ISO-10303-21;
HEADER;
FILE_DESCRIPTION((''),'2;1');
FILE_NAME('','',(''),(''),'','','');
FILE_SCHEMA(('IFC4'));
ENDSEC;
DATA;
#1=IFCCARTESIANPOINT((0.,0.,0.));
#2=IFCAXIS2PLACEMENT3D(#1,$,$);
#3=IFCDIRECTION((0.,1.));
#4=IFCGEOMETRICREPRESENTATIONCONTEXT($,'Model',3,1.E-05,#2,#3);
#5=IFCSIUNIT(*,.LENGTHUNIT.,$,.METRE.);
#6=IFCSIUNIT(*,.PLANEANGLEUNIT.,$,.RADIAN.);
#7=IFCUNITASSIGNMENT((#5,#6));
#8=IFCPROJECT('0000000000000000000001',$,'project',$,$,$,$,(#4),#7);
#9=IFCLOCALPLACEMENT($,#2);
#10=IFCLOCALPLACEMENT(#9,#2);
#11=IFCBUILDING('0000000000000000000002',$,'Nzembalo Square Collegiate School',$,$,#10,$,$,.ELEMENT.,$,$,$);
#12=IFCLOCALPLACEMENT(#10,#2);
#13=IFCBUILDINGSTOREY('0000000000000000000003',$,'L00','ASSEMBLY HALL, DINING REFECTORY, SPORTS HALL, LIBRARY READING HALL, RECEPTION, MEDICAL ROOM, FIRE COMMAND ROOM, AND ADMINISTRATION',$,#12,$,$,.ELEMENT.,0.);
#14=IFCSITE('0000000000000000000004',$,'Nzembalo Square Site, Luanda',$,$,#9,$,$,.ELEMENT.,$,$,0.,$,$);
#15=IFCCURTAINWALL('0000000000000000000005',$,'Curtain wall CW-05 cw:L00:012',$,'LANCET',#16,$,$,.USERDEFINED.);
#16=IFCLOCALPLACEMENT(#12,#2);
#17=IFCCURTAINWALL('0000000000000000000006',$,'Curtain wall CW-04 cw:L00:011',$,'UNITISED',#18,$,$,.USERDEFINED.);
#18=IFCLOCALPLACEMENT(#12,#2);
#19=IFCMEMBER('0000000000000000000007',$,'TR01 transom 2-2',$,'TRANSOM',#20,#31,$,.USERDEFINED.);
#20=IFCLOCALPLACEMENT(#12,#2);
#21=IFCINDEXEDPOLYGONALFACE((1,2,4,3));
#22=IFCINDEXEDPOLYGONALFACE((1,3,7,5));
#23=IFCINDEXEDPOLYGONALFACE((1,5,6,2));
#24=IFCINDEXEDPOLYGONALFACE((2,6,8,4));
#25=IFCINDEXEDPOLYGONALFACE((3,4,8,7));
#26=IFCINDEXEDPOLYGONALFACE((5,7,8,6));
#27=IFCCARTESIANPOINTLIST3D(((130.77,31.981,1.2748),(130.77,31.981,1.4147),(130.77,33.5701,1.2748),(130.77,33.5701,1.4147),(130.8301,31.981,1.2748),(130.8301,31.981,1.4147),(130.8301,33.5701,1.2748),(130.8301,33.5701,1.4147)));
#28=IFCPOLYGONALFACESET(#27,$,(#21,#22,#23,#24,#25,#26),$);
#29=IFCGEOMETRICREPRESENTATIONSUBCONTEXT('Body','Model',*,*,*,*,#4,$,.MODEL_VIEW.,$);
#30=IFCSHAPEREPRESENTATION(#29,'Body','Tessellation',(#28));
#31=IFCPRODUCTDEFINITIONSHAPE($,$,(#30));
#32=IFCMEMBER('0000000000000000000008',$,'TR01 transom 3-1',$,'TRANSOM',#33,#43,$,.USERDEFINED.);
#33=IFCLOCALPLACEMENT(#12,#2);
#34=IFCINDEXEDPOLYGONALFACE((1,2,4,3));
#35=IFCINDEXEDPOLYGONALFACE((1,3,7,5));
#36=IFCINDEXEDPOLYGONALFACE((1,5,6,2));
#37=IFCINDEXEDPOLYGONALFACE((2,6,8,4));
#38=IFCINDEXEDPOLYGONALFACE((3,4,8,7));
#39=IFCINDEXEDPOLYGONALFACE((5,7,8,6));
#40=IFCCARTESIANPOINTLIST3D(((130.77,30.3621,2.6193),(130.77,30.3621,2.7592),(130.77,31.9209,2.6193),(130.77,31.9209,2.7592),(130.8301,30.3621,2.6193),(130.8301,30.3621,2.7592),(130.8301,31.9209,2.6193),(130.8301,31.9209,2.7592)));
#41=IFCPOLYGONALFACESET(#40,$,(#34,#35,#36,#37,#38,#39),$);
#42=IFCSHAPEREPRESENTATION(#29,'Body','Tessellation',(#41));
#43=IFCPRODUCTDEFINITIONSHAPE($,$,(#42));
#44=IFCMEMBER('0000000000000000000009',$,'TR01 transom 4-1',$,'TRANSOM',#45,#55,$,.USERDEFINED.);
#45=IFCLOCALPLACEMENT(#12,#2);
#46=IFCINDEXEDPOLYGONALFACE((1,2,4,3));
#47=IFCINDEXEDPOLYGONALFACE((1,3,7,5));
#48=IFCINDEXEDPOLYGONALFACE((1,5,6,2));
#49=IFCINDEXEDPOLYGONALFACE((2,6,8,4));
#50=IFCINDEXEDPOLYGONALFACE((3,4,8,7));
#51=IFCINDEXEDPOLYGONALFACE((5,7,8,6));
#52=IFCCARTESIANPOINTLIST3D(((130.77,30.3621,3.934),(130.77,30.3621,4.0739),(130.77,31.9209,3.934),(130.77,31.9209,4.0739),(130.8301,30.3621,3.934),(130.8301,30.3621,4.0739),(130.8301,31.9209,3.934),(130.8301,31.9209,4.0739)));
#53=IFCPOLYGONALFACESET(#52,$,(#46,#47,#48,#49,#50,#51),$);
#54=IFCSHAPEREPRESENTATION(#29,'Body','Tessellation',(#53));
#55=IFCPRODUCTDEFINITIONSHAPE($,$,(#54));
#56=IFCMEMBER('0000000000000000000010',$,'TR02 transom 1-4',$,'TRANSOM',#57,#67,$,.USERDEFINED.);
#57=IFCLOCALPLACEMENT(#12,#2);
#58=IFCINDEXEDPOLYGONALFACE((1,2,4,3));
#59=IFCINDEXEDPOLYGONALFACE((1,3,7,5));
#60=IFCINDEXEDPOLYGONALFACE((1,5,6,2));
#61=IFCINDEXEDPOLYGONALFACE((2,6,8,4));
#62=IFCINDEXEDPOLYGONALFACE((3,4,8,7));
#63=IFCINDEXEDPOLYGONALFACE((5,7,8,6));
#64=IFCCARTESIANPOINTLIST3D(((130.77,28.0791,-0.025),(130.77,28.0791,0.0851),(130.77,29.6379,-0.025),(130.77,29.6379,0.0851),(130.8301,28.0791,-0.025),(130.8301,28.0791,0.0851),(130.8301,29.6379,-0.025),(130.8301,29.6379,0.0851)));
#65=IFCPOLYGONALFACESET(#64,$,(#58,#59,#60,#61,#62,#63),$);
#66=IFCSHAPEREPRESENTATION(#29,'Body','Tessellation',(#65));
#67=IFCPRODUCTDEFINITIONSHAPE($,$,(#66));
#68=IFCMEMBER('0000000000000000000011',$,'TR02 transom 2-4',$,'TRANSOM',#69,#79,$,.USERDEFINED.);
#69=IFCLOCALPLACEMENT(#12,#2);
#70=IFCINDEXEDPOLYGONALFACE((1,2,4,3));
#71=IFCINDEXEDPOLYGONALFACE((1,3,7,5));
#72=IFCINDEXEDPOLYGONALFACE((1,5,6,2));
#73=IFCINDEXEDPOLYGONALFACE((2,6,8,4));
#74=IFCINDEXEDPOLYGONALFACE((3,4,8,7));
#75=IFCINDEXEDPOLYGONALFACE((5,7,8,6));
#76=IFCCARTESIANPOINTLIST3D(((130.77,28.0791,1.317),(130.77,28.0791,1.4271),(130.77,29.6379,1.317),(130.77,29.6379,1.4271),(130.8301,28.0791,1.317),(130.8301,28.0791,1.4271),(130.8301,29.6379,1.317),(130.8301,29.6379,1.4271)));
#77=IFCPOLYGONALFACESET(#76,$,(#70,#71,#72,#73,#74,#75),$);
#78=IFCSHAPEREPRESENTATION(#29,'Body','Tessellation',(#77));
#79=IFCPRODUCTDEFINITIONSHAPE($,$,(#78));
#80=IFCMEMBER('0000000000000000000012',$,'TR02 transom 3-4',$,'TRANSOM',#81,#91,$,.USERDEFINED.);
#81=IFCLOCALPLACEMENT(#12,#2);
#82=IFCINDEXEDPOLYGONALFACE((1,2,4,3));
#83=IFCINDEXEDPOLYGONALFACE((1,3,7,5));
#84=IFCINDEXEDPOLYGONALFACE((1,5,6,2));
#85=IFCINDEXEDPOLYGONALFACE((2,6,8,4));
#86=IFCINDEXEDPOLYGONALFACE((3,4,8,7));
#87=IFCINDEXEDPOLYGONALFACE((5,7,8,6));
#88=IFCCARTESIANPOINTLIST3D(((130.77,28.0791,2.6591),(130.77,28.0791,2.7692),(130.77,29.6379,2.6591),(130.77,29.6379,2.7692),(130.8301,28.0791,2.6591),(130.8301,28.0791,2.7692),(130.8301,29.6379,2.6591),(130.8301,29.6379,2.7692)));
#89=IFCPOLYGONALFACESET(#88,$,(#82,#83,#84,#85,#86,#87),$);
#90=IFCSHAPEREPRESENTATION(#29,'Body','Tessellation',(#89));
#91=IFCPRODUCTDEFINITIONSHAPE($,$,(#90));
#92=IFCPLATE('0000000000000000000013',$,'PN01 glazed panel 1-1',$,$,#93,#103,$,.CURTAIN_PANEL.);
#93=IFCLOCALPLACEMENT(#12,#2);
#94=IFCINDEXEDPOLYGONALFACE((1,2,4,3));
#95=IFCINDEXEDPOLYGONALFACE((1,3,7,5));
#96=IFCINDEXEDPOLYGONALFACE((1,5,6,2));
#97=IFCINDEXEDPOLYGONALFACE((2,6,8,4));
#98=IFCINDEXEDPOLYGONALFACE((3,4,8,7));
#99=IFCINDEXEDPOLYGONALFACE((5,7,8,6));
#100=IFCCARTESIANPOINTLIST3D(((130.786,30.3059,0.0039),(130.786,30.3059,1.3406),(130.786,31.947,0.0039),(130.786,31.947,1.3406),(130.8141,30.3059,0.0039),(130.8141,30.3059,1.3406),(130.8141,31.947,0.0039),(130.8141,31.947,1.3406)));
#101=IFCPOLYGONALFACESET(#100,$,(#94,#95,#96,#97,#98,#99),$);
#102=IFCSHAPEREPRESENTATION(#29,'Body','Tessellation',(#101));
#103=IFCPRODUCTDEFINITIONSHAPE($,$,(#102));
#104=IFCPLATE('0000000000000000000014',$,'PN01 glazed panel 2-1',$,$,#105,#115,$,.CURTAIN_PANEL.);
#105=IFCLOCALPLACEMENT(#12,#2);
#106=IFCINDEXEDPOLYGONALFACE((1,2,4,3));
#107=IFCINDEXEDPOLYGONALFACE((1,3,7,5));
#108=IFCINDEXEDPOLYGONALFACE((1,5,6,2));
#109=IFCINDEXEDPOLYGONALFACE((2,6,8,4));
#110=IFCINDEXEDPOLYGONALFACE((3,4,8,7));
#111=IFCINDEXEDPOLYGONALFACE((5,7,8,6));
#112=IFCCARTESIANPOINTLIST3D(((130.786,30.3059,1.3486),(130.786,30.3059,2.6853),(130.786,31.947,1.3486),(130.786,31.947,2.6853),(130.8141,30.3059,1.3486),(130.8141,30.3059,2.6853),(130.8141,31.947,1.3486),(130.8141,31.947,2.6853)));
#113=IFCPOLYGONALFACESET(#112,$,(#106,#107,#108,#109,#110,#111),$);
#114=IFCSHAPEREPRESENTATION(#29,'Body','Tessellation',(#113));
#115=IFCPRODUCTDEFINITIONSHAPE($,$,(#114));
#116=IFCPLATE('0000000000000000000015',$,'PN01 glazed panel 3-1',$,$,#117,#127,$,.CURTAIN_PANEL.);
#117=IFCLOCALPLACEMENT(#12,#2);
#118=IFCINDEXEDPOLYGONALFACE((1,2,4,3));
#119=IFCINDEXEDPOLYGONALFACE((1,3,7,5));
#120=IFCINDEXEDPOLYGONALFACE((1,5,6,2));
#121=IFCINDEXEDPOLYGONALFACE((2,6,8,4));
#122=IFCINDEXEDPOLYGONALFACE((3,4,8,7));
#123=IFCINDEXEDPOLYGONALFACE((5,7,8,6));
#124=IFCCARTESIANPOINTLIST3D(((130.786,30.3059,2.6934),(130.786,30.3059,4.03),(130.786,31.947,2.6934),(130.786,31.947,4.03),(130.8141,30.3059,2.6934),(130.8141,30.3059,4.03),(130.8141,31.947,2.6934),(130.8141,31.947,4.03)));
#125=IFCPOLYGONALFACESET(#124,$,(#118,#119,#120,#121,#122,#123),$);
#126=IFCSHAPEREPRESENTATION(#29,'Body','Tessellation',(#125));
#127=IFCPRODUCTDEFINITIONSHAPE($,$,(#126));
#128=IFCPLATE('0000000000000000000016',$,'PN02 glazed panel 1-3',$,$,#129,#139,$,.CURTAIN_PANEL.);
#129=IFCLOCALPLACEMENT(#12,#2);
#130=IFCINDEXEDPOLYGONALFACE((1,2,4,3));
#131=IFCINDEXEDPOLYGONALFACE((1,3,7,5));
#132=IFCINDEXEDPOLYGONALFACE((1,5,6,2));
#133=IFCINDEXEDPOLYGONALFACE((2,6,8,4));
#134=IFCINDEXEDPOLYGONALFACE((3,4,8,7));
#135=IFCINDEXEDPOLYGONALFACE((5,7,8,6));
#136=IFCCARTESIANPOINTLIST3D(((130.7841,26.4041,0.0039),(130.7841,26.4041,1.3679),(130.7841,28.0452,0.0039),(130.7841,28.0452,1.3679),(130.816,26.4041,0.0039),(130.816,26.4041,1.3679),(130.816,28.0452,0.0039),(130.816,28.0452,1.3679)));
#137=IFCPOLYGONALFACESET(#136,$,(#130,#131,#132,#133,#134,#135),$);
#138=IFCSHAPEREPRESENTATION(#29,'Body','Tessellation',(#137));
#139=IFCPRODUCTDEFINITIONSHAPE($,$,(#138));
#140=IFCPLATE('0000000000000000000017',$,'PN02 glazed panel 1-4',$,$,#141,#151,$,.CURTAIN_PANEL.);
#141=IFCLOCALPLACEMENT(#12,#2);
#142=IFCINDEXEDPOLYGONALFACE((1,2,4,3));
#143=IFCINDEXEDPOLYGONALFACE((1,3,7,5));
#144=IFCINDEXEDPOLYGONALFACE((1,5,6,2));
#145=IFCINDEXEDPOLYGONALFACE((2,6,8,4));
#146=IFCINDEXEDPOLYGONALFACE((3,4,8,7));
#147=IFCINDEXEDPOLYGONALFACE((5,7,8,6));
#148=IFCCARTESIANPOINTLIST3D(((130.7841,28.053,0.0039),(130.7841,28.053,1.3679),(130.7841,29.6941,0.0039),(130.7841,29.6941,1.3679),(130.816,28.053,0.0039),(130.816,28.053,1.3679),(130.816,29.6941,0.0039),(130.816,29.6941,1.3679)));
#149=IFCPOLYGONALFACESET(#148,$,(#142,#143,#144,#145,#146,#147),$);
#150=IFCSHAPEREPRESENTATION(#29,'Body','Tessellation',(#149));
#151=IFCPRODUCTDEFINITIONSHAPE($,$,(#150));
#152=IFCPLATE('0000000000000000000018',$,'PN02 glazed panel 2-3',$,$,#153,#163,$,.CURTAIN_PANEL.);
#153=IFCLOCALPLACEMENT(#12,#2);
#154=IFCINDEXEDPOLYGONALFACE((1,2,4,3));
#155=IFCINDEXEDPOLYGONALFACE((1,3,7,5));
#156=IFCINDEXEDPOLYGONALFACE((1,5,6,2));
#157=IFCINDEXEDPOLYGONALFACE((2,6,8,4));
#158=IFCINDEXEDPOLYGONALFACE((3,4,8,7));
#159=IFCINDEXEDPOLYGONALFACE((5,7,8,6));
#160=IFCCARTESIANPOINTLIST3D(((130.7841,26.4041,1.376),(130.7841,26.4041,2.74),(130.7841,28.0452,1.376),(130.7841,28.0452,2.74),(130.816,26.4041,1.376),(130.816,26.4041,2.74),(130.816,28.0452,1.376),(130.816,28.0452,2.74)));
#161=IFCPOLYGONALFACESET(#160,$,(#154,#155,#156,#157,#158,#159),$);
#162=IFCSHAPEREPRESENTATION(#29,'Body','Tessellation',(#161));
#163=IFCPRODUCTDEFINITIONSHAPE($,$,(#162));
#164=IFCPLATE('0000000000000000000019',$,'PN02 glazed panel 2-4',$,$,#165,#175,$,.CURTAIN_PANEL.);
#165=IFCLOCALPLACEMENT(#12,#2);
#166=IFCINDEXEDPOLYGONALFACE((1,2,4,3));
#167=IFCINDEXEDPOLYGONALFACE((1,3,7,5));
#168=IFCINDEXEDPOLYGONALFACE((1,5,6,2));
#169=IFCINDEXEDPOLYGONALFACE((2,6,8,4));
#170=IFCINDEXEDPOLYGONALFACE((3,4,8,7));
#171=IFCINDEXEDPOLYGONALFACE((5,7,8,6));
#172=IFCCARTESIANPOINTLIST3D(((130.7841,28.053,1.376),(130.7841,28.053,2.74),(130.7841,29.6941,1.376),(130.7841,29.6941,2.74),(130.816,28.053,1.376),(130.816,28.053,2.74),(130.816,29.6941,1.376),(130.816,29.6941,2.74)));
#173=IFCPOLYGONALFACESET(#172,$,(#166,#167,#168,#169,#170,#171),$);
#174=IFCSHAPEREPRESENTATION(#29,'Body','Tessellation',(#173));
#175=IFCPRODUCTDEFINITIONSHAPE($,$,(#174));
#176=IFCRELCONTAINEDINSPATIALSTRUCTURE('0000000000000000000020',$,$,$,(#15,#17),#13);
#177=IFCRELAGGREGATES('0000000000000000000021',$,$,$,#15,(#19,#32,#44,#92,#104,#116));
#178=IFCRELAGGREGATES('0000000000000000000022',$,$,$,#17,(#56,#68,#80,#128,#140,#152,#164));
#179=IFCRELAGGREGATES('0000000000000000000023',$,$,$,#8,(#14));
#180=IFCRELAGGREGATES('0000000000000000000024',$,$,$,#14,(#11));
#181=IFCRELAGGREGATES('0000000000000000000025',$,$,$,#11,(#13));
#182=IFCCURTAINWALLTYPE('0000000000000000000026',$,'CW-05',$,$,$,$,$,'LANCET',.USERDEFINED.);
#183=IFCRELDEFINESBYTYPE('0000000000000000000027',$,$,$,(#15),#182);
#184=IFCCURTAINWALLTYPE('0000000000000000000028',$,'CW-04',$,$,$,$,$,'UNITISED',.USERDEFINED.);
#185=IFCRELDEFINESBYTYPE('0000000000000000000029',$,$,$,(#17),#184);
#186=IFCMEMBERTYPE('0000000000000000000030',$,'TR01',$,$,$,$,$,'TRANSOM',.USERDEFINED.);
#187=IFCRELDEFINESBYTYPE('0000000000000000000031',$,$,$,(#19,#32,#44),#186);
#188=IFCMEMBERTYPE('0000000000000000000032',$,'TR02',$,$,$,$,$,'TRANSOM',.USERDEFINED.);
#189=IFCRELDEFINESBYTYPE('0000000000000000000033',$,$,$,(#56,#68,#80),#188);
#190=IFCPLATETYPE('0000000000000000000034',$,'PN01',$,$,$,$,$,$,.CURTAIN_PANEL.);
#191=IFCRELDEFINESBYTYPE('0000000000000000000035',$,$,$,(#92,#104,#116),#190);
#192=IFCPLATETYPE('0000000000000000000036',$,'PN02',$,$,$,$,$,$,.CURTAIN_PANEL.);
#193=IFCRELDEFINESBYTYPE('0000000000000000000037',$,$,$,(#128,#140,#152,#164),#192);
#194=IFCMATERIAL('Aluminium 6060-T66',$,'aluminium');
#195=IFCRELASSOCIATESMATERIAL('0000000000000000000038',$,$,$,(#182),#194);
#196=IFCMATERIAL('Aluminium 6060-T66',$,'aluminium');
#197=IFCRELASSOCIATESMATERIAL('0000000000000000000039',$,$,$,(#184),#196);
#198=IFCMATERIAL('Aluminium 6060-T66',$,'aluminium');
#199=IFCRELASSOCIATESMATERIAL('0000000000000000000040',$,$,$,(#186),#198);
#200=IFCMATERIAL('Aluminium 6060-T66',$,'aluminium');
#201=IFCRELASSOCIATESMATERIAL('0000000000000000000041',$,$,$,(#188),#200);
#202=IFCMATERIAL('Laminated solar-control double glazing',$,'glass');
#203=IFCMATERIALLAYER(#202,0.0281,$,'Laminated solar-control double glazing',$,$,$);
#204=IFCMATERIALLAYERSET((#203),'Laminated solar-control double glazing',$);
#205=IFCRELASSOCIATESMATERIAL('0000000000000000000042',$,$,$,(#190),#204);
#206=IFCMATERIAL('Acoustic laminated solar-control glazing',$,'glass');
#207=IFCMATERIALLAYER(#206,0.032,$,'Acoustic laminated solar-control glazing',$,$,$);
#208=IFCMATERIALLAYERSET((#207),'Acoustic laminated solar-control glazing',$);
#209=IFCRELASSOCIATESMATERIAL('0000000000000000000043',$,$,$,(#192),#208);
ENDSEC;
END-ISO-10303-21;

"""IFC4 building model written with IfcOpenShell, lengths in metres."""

from ifc_helpers import new_model, si_unit, direction, frame, origin, origin_2d, place, context, subcontext, project, spatial, rectangle, extrude, material, layer, layer_set, material_profile, profile_set, type_object, element, aggregate, save


model = new_model("IFC4")

# Units and contexts
model_context = context("Model", 3, precision=1e-05, world=origin(), true_north=direction((0.0, 1.0)))
body_context = subcontext(model_context, "Body", "Model", "MODEL_VIEW")
ifc_project = project(units=[si_unit("LENGTHUNIT", "METRE"), si_unit("PLANEANGLEUNIT", "RADIAN")], contexts=[model_context])

# Site, building, storey
site_placement = place(None, origin())
site = spatial("IfcSite", under=ifc_project, at=site_placement, Name="Nzembalo Square Site, Luanda", CompositionType="ELEMENT", RefElevation=0.0)
building_placement = place(site_placement, origin())
building = spatial("IfcBuilding", under=site, at=building_placement, Name="Nzembalo Square Collegiate School", CompositionType="ELEMENT")
storey_placement = place(building_placement, origin())
storey = spatial("IfcBuildingStorey", under=building, at=storey_placement, Name="L00", Description="ASSEMBLY HALL, DINING REFECTORY, SPORTS HALL, LIBRARY READING HALL, RECEPTION, MEDICAL ROOM, FIRE COMMAND ROOM, AND ADMINISTRATION", CompositionType="ELEMENT", Elevation=0.0)

# Curtain walls
ifc_material_1 = material(Name="Aluminium 6060-T66", Category="aluminium")
curtain_wall_type_1 = type_object("IfcCurtainWallType", Name="CW-05", ElementType="LANCET", PredefinedType="USERDEFINED", material=ifc_material_1)
curtain_wall_1_placement = place(storey_placement, origin())
curtain_wall_1 = element("IfcCurtainWall", 1, at=curtain_wall_1_placement, inside=storey, type_object=curtain_wall_type_1, Name="Curtain wall CW-05 cw:L00:012", ObjectType="LANCET", PredefinedType="USERDEFINED")
ifc_material_2 = material(Name="Aluminium 6060-T66", Category="aluminium")
curtain_wall_type_2 = type_object("IfcCurtainWallType", Name="CW-04", ElementType="UNITISED", PredefinedType="USERDEFINED", material=ifc_material_2)
curtain_wall_2_placement = place(storey_placement, origin())
curtain_wall_2 = element("IfcCurtainWall", 2, at=curtain_wall_2_placement, inside=storey, type_object=curtain_wall_type_2, Name="Curtain wall CW-04 cw:L00:011", ObjectType="UNITISED", PredefinedType="USERDEFINED")

# Members
ifc_material_3 = material(Name="Aluminium 6060-T66", Category="aluminium")
ifc_material_profile_1 = material_profile(ifc_material_3, rectangle(XDim=0.0601, YDim=0.1399, at=origin_2d()), Name="ALU T60x140")
ifc_profile_set_1 = profile_set([ifc_material_profile_1], Name="Aluminium 6060-T66")
member_type_1 = type_object("IfcMemberType", Name="TR01", ElementType="TRANSOM", PredefinedType="USERDEFINED", material=ifc_profile_set_1)
member_1_placement = place(storey_placement, frame((130.8, 31.981, 1.3447), z_axis=(0.0, 1.0, 0.0), x_axis=(-1.0, 0.0, 0.0)))
member_1 = element("IfcMember", 3, at=member_1_placement, type_object=member_type_1, Name="TR01 transom 2-2", ObjectType="TRANSOM", PredefinedType="USERDEFINED", context=body_context, shape_type="SweptSolid", body=[
    extrude(rectangle(XDim=0.0601, YDim=0.1399, at=origin_2d()), origin(), (0.0, 0.0, 1.0), 1.5891),
])
member_2_placement = place(storey_placement, frame((130.8, 30.3621, 2.6892), z_axis=(0.0, 1.0, 0.0), x_axis=(-1.0, 0.0, 0.0)))
member_2 = element("IfcMember", 4, at=member_2_placement, type_object=member_type_1, Name="TR01 transom 3-1", ObjectType="TRANSOM", PredefinedType="USERDEFINED", context=body_context, shape_type="SweptSolid", body=[
    extrude(rectangle(XDim=0.0601, YDim=0.1399, at=origin_2d()), origin(), (0.0, 0.0, 1.0), 1.5588),
])
member_3_placement = place(storey_placement, frame((130.8, 30.3621, 4.0039), z_axis=(0.0, 1.0, 0.0), x_axis=(-1.0, 0.0, 0.0)))
member_3 = element("IfcMember", 5, at=member_3_placement, type_object=member_type_1, Name="TR01 transom 4-1", ObjectType="TRANSOM", PredefinedType="USERDEFINED", context=body_context, shape_type="SweptSolid", body=[
    extrude(rectangle(XDim=0.0601, YDim=0.1399, at=origin_2d()), origin(), (0.0, 0.0, 1.0), 1.5588),
])
ifc_material_4 = material(Name="Aluminium 6060-T66", Category="aluminium")
ifc_material_profile_2 = material_profile(ifc_material_4, rectangle(XDim=0.0601, YDim=0.1101, at=origin_2d()), Name="ALU T60x110")
ifc_profile_set_2 = profile_set([ifc_material_profile_2], Name="Aluminium 6060-T66")
member_type_2 = type_object("IfcMemberType", Name="TR02", ElementType="TRANSOM", PredefinedType="USERDEFINED", material=ifc_profile_set_2)
member_4_placement = place(storey_placement, frame((130.8, 28.0791, 0.03), z_axis=(0.0, 1.0, 0.0), x_axis=(-1.0, 0.0, 0.0)))
member_4 = element("IfcMember", 6, at=member_4_placement, type_object=member_type_2, Name="TR02 transom 1-4", ObjectType="TRANSOM", PredefinedType="USERDEFINED", context=body_context, shape_type="SweptSolid", body=[
    extrude(rectangle(XDim=0.0601, YDim=0.1101, at=origin_2d()), origin(), (0.0, 0.0, 1.0), 1.5588),
])
member_5_placement = place(storey_placement, frame((130.8, 28.0791, 1.3721), z_axis=(0.0, 1.0, 0.0), x_axis=(-1.0, 0.0, 0.0)))
member_5 = element("IfcMember", 7, at=member_5_placement, type_object=member_type_2, Name="TR02 transom 2-4", ObjectType="TRANSOM", PredefinedType="USERDEFINED", context=body_context, shape_type="SweptSolid", body=[
    extrude(rectangle(XDim=0.0601, YDim=0.1101, at=origin_2d()), origin(), (0.0, 0.0, 1.0), 1.5588),
])
member_6_placement = place(storey_placement, frame((130.8, 28.0791, 2.7141), z_axis=(0.0, 1.0, 0.0), x_axis=(-1.0, 0.0, 0.0)))
member_6 = element("IfcMember", 8, at=member_6_placement, type_object=member_type_2, Name="TR02 transom 3-4", ObjectType="TRANSOM", PredefinedType="USERDEFINED", context=body_context, shape_type="SweptSolid", body=[
    extrude(rectangle(XDim=0.0601, YDim=0.1101, at=origin_2d()), origin(), (0.0, 0.0, 1.0), 1.5588),
])

# Plates
ifc_material_5 = material(Name="Laminated solar-control double glazing", Category="glass")
ifc_layer_1 = layer(ifc_material_5, 0.0281, Name="Laminated solar-control double glazing")
ifc_layer_set_1 = layer_set([ifc_layer_1], Name="Laminated solar-control double glazing")
plate_type_1 = type_object("IfcPlateType", Name="PN01", PredefinedType="CURTAIN_PANEL", material=ifc_layer_set_1)
plate_1_placement = place(storey_placement, frame((130.8, 31.1265, 0.0039), z_axis=(0.0, 0.0, 1.0), x_axis=(0.0, 1.0, 0.0)))
plate_1 = element("IfcPlate", 9, at=plate_1_placement, type_object=plate_type_1, Name="PN01 glazed panel 1-1", PredefinedType="CURTAIN_PANEL", context=body_context, shape_type="SweptSolid", body=[
    extrude(rectangle(XDim=1.6411, YDim=0.0281, at=origin_2d()), origin(), (0.0, 0.0, 1.0), 1.3367),
])
plate_2_placement = place(storey_placement, frame((130.8, 31.1265, 1.3486), z_axis=(0.0, 0.0, 1.0), x_axis=(0.0, 1.0, 0.0)))
plate_2 = element("IfcPlate", 10, at=plate_2_placement, type_object=plate_type_1, Name="PN01 glazed panel 2-1", PredefinedType="CURTAIN_PANEL", context=body_context, shape_type="SweptSolid", body=[
    extrude(rectangle(XDim=1.6411, YDim=0.0281, at=origin_2d()), origin(), (0.0, 0.0, 1.0), 1.3367),
])
plate_3_placement = place(storey_placement, frame((130.8, 31.1265, 2.6934), z_axis=(0.0, 0.0, 1.0), x_axis=(0.0, 1.0, 0.0)))
plate_3 = element("IfcPlate", 11, at=plate_3_placement, type_object=plate_type_1, Name="PN01 glazed panel 3-1", PredefinedType="CURTAIN_PANEL", context=body_context, shape_type="SweptSolid", body=[
    extrude(rectangle(XDim=1.6411, YDim=0.0281, at=origin_2d()), origin(), (0.0, 0.0, 1.0), 1.3367),
])
aggregate(curtain_wall_1, [member_1, member_2, member_3, plate_1, plate_2, plate_3])
ifc_material_6 = material(Name="Acoustic laminated solar-control glazing", Category="glass")
ifc_layer_2 = layer(ifc_material_6, 0.032, Name="Acoustic laminated solar-control glazing")
ifc_layer_set_2 = layer_set([ifc_layer_2], Name="Acoustic laminated solar-control glazing")
plate_type_2 = type_object("IfcPlateType", Name="PN02", PredefinedType="CURTAIN_PANEL", material=ifc_layer_set_2)
plate_4_placement = place(storey_placement, frame((130.8, 27.2246, 0.0039), z_axis=(0.0, 0.0, 1.0), x_axis=(0.0, 1.0, 0.0)))
plate_4 = element("IfcPlate", 12, at=plate_4_placement, type_object=plate_type_2, Name="PN02 glazed panel 1-3", PredefinedType="CURTAIN_PANEL", context=body_context, shape_type="SweptSolid", body=[
    extrude(rectangle(XDim=1.6411, YDim=0.032, at=origin_2d()), origin(), (0.0, 0.0, 1.0), 1.364),
])
plate_5_placement = place(storey_placement, frame((130.8, 28.8735, 0.0039), z_axis=(0.0, 0.0, 1.0), x_axis=(0.0, 1.0, 0.0)))
plate_5 = element("IfcPlate", 13, at=plate_5_placement, type_object=plate_type_2, Name="PN02 glazed panel 1-4", PredefinedType="CURTAIN_PANEL", context=body_context, shape_type="SweptSolid", body=[
    extrude(rectangle(XDim=1.6411, YDim=0.032, at=origin_2d()), origin(), (0.0, 0.0, 1.0), 1.364),
])
plate_6_placement = place(storey_placement, frame((130.8, 27.2246, 1.376), z_axis=(0.0, 0.0, 1.0), x_axis=(0.0, 1.0, 0.0)))
plate_6 = element("IfcPlate", 14, at=plate_6_placement, type_object=plate_type_2, Name="PN02 glazed panel 2-3", PredefinedType="CURTAIN_PANEL", context=body_context, shape_type="SweptSolid", body=[
    extrude(rectangle(XDim=1.6411, YDim=0.032, at=origin_2d()), origin(), (0.0, 0.0, 1.0), 1.364),
])
plate_7_placement = place(storey_placement, frame((130.8, 28.8735, 1.376), z_axis=(0.0, 0.0, 1.0), x_axis=(0.0, 1.0, 0.0)))
plate_7 = element("IfcPlate", 15, at=plate_7_placement, type_object=plate_type_2, Name="PN02 glazed panel 2-4", PredefinedType="CURTAIN_PANEL", context=body_context, shape_type="SweptSolid", body=[
    extrude(rectangle(XDim=1.6411, YDim=0.032, at=origin_2d()), origin(), (0.0, 0.0, 1.0), 1.364),
])
aggregate(curtain_wall_2, [member_4, member_5, member_6, plate_4, plate_5, plate_6, plate_7])

save(model, "model.ifc")
